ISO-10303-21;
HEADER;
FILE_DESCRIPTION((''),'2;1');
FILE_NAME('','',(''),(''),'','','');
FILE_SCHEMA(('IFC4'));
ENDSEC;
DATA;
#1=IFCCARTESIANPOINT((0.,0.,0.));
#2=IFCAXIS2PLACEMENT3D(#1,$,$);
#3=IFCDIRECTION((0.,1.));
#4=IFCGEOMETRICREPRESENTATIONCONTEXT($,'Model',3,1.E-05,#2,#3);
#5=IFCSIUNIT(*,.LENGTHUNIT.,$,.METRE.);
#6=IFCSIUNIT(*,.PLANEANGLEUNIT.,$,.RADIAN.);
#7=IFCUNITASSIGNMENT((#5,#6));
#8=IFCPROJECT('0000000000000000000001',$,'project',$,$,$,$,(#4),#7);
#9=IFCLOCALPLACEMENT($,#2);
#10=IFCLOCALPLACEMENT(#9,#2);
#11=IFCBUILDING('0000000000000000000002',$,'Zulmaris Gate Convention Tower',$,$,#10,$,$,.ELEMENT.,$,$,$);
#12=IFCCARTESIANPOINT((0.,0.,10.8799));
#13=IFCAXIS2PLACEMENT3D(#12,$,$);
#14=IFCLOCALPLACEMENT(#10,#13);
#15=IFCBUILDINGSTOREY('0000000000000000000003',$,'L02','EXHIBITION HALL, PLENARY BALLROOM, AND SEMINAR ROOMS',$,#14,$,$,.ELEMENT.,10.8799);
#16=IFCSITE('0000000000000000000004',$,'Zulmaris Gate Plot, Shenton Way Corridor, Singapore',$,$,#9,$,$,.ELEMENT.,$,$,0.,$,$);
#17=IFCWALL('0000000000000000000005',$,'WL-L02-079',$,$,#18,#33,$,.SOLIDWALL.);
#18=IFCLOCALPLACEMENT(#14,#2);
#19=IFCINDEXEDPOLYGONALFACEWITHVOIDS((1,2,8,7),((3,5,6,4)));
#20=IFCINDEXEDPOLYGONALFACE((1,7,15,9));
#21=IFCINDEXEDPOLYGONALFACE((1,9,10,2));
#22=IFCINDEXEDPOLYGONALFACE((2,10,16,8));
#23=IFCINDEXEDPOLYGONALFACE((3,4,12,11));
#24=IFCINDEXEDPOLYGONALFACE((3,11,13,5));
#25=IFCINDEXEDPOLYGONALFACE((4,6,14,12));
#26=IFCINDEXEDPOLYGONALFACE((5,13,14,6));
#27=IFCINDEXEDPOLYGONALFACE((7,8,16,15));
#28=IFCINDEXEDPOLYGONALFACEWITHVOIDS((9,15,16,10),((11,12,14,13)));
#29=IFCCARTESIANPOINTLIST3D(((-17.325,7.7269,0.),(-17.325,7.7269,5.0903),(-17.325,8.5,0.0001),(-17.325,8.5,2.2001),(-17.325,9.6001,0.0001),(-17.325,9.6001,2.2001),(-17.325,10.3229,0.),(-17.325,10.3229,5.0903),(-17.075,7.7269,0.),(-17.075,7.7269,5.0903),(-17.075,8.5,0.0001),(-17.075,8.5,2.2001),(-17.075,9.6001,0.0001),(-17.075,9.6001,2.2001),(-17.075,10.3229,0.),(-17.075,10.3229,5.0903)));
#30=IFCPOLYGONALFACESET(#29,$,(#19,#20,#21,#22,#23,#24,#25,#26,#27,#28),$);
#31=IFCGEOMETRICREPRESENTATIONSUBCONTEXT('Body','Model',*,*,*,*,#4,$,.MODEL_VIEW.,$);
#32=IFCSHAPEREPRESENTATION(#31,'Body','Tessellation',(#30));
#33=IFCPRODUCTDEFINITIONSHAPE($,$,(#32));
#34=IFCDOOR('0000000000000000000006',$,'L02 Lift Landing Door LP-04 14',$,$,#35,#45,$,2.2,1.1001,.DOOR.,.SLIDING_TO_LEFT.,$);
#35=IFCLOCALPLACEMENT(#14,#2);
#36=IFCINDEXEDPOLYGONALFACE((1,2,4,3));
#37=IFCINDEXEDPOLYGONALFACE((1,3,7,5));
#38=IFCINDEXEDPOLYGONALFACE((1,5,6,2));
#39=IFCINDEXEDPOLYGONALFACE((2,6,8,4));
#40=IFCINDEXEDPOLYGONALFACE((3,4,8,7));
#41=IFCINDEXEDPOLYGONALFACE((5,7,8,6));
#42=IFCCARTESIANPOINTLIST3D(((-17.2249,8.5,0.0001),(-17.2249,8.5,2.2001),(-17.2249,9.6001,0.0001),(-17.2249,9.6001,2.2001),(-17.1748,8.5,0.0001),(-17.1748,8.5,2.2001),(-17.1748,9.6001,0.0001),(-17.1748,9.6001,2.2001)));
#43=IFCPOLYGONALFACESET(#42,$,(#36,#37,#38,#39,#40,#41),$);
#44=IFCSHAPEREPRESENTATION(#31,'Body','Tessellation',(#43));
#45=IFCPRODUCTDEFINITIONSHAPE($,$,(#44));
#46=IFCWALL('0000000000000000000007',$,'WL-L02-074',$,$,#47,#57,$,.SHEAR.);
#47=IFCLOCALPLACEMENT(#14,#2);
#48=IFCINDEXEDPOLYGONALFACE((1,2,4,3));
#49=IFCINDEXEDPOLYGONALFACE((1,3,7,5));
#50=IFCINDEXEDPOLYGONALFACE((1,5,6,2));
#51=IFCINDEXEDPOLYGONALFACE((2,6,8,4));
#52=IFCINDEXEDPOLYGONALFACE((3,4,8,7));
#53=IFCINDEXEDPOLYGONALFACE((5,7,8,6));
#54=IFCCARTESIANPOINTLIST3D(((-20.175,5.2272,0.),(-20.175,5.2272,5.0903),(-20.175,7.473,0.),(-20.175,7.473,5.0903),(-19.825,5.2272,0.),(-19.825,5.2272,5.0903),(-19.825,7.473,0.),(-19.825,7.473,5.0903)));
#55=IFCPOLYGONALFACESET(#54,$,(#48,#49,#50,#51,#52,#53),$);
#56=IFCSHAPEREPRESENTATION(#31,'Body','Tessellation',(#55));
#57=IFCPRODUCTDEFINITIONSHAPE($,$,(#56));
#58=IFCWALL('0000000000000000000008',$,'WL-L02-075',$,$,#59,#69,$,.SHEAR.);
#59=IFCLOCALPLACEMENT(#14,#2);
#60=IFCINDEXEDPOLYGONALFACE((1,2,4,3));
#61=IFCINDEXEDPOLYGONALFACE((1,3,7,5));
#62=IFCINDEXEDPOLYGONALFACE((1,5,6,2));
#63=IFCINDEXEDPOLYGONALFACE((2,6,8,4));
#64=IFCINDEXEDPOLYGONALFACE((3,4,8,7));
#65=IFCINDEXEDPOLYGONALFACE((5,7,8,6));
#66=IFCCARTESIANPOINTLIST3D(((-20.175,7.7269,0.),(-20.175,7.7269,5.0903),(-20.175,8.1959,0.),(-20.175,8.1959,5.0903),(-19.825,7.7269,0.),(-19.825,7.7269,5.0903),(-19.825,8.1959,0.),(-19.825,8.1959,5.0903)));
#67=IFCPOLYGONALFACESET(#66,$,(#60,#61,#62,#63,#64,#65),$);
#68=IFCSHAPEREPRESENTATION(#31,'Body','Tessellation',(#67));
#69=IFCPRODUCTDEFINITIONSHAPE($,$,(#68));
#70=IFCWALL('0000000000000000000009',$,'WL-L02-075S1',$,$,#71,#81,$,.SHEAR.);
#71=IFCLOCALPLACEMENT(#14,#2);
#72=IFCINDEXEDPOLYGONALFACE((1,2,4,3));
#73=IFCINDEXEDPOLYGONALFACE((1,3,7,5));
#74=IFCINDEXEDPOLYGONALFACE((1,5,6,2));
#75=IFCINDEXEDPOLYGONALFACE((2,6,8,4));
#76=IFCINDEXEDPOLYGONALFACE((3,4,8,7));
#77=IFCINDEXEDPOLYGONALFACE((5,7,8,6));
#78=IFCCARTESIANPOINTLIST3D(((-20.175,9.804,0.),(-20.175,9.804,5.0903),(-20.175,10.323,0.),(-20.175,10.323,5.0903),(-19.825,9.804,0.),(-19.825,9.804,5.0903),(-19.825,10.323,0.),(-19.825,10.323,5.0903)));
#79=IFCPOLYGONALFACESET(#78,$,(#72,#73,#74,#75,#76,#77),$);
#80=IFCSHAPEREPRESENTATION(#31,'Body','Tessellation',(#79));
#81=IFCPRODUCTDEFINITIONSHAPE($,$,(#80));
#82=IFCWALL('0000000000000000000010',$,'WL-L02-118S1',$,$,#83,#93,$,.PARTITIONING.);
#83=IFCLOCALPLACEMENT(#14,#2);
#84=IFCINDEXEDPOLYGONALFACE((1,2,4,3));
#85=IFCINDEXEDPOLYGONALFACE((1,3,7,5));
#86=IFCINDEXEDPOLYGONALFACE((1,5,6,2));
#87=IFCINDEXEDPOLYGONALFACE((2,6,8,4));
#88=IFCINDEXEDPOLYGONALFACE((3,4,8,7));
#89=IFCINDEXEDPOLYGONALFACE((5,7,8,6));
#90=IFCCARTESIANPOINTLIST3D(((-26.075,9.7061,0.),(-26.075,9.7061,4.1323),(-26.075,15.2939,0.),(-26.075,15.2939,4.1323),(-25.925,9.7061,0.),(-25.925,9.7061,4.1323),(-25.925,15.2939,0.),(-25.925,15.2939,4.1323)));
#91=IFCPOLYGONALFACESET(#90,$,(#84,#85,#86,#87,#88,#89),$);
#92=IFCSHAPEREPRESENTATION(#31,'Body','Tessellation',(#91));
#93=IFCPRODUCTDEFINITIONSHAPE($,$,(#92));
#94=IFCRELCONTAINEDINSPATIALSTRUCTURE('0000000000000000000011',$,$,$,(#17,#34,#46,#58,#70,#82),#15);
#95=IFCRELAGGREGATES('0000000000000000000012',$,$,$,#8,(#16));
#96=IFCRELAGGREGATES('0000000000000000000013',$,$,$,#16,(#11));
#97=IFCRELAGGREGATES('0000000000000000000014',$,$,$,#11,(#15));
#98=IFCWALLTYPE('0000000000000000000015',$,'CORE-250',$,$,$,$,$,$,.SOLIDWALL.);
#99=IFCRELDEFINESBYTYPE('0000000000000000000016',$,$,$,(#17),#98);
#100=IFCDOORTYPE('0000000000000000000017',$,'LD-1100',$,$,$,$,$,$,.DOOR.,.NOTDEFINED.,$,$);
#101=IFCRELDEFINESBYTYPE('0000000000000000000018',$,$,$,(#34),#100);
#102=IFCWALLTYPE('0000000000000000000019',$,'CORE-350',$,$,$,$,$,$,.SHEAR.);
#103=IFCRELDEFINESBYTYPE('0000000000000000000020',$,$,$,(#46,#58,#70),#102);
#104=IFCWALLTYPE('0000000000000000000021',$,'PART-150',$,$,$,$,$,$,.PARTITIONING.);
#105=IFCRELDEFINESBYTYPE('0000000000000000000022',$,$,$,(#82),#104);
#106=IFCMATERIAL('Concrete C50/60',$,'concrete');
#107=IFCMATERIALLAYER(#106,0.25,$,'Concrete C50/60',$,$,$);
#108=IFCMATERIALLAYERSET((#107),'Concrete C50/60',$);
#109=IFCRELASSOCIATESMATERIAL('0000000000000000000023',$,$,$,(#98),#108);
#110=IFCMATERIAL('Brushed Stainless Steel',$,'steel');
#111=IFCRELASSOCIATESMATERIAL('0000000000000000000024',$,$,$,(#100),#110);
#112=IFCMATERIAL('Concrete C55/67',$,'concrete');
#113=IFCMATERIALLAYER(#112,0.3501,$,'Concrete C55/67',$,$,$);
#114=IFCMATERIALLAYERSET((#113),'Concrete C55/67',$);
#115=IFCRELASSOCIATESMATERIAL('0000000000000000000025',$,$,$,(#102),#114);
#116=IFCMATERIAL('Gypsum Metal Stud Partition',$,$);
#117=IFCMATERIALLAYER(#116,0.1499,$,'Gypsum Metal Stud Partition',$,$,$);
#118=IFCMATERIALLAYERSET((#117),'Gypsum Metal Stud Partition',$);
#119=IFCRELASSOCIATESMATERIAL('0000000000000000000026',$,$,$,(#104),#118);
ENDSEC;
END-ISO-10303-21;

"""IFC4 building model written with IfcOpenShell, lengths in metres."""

from ifc_helpers import new_model, si_unit, direction, frame, frame_2d, origin, place, context, subcontext, project, spatial, rectangle, extrude, material, layer, layer_set, type_object, element, fill, save


model = new_model("IFC4")

# Units and contexts
model_context = context("Model", 3, precision=1e-05, world=origin(), true_north=direction((0.0, 1.0)))
body_context = subcontext(model_context, "Body", "Model", "MODEL_VIEW")
ifc_project = project(units=[si_unit("LENGTHUNIT", "METRE"), si_unit("PLANEANGLEUNIT", "RADIAN")], contexts=[model_context])

# Site, building, storey
site_placement = place(None, origin())
site = spatial("IfcSite", under=ifc_project, at=site_placement, Name="Zulmaris Gate Plot, Shenton Way Corridor, Singapore", CompositionType="ELEMENT", RefElevation=0.0)
building_placement = place(site_placement, origin())
building = spatial("IfcBuilding", under=site, at=building_placement, Name="Zulmaris Gate Convention Tower", CompositionType="ELEMENT")
storey_placement = place(building_placement, frame((0.0, 0.0, 10.8799)))
storey = spatial("IfcBuildingStorey", under=building, at=storey_placement, Name="L02", Description="EXHIBITION HALL, PLENARY BALLROOM, AND SEMINAR ROOMS", CompositionType="ELEMENT", Elevation=10.8799)

# Shared definitions
ifc_material_1 = material(Name="Concrete C50/60", Category="concrete")
ifc_layer_1 = layer(ifc_material_1, 0.25, Name="Concrete C50/60")
ifc_layer_set_1 = layer_set([ifc_layer_1], Name="Concrete C50/60")
wall_type_1 = type_object("IfcWallType", Name="CORE-250", PredefinedType="SOLIDWALL", material=ifc_layer_set_1)

# Wall, opening, door
ifc_material_2 = material(Name="Brushed Stainless Steel", Category="steel")
door_type_1 = type_object("IfcDoorType", Name="LD-1100", OperationType="NOTDEFINED", PredefinedType="DOOR", material=ifc_material_2)
wall_1_placement = place(storey_placement, frame((-17.2, 7.7271, 0.0), z_axis=(0.0, 0.0, 1.0), x_axis=(0.0, 1.0, 0.0)))
wall_1 = element("IfcWall", 1, at=wall_1_placement, inside=storey, type_object=wall_type_1, Name="WL-L02-079", PredefinedType="SOLIDWALL", context=body_context, shape_type="SweptSolid", body=[
    extrude(rectangle(XDim=2.5959, YDim=0.25, at=frame_2d((1.2979, 0.0))), origin(), (0.0, 0.0, 1.0), 5.0903),
])
opening_1_placement = place(wall_1_placement, frame((0.7729, 0.0, 0.0)))
opening_1 = element("IfcOpeningElement", 2, at=opening_1_placement, cuts=wall_1, PredefinedType="OPENING", context=body_context, shape_type="SweptSolid", body=[
    extrude(rectangle(XDim=1.1001, YDim=2.2, at=frame_2d((0.55, 1.1001))), frame((0.0, 0.135, 0.0), z_axis=(0.0, -1.0, 0.0), x_axis=(1.0, 0.0, 0.0)), (0.0, 0.0, 1.0), 0.27),
])
door_1_placement = place(opening_1_placement, origin())
door_1 = element("IfcDoor", 3, at=door_1_placement, inside=storey, type_object=door_type_1, Name="L02 Lift Landing Door LP-04 14", OperationType="SLIDING_TO_LEFT", OverallHeight=2.2, OverallWidth=1.1001, PredefinedType="DOOR", context=body_context, shape_type="SweptSolid", body=[
    extrude(rectangle(XDim=1.1001, YDim=2.2, at=frame_2d((0.55, 1.1001))), frame((0.0, 0.0249, 0.0), z_axis=(0.0, -1.0, 0.0), x_axis=(1.0, 0.0, 0.0)), (0.0, 0.0, 1.0), 0.05),
])
fill(opening_1, door_1)
ifc_material_3 = material(Name="Concrete C55/67", Category="concrete")
ifc_layer_2 = layer(ifc_material_3, 0.3501, Name="Concrete C55/67")
ifc_layer_set_2 = layer_set([ifc_layer_2], Name="Concrete C55/67")
wall_type_2 = type_object("IfcWallType", Name="CORE-350", PredefinedType="SHEAR", material=ifc_layer_set_2)

# Walls
wall_2_placement = place(storey_placement, frame((-20.0, 5.2271, 0.0), z_axis=(0.0, 0.0, 1.0), x_axis=(0.0, 1.0, 0.0)))
element("IfcWall", 4, at=wall_2_placement, inside=storey, type_object=wall_type_2, Name="WL-L02-074", PredefinedType="SHEAR", context=body_context, shape_type="SweptSolid", body=[
    extrude(rectangle(XDim=2.2458, YDim=0.3501, at=frame_2d((1.123, 0.0))), origin(), (0.0, 0.0, 1.0), 5.0903),
])
wall_3_placement = place(storey_placement, frame((-20.0, 7.7271, 0.0), z_axis=(0.0, 0.0, 1.0), x_axis=(0.0, 1.0, 0.0)))
element("IfcWall", 5, at=wall_3_placement, inside=storey, type_object=wall_type_2, Name="WL-L02-075", PredefinedType="SHEAR", context=body_context, shape_type="SweptSolid", body=[
    extrude(rectangle(XDim=0.469, YDim=0.3501, at=frame_2d((0.2344, 0.0))), origin(), (0.0, 0.0, 1.0), 5.0903),
])
wall_4_placement = place(storey_placement, frame((-20.0, 9.804, 0.0), z_axis=(0.0, 0.0, 1.0), x_axis=(0.0, 1.0, 0.0)))
element("IfcWall", 6, at=wall_4_placement, inside=storey, type_object=wall_type_2, Name="WL-L02-075S1", PredefinedType="SHEAR", context=body_context, shape_type="SweptSolid", body=[
    extrude(rectangle(XDim=0.519, YDim=0.3501, at=frame_2d((0.2595, 0.0))), origin(), (0.0, 0.0, 1.0), 5.0903),
])
ifc_material_4 = material(Name="Gypsum Metal Stud Partition")
ifc_layer_3 = layer(ifc_material_4, 0.1499, Name="Gypsum Metal Stud Partition")
ifc_layer_set_3 = layer_set([ifc_layer_3], Name="Gypsum Metal Stud Partition")
wall_type_3 = type_object("IfcWallType", Name="PART-150", PredefinedType="PARTITIONING", material=ifc_layer_set_3)
wall_5_placement = place(storey_placement, frame((-26.0, 9.7061, 0.0), z_axis=(0.0, 0.0, 1.0), x_axis=(0.0, 1.0, 0.0)))
element("IfcWall", 7, at=wall_5_placement, inside=storey, type_object=wall_type_3, Name="WL-L02-118S1", PredefinedType="PARTITIONING", context=body_context, shape_type="SweptSolid", body=[
    extrude(rectangle(XDim=5.5879, YDim=0.1499, at=frame_2d((2.7939, 0.0))), origin(), (0.0, 0.0, 1.0), 4.1323),
])

save(model, "model.ifc")
